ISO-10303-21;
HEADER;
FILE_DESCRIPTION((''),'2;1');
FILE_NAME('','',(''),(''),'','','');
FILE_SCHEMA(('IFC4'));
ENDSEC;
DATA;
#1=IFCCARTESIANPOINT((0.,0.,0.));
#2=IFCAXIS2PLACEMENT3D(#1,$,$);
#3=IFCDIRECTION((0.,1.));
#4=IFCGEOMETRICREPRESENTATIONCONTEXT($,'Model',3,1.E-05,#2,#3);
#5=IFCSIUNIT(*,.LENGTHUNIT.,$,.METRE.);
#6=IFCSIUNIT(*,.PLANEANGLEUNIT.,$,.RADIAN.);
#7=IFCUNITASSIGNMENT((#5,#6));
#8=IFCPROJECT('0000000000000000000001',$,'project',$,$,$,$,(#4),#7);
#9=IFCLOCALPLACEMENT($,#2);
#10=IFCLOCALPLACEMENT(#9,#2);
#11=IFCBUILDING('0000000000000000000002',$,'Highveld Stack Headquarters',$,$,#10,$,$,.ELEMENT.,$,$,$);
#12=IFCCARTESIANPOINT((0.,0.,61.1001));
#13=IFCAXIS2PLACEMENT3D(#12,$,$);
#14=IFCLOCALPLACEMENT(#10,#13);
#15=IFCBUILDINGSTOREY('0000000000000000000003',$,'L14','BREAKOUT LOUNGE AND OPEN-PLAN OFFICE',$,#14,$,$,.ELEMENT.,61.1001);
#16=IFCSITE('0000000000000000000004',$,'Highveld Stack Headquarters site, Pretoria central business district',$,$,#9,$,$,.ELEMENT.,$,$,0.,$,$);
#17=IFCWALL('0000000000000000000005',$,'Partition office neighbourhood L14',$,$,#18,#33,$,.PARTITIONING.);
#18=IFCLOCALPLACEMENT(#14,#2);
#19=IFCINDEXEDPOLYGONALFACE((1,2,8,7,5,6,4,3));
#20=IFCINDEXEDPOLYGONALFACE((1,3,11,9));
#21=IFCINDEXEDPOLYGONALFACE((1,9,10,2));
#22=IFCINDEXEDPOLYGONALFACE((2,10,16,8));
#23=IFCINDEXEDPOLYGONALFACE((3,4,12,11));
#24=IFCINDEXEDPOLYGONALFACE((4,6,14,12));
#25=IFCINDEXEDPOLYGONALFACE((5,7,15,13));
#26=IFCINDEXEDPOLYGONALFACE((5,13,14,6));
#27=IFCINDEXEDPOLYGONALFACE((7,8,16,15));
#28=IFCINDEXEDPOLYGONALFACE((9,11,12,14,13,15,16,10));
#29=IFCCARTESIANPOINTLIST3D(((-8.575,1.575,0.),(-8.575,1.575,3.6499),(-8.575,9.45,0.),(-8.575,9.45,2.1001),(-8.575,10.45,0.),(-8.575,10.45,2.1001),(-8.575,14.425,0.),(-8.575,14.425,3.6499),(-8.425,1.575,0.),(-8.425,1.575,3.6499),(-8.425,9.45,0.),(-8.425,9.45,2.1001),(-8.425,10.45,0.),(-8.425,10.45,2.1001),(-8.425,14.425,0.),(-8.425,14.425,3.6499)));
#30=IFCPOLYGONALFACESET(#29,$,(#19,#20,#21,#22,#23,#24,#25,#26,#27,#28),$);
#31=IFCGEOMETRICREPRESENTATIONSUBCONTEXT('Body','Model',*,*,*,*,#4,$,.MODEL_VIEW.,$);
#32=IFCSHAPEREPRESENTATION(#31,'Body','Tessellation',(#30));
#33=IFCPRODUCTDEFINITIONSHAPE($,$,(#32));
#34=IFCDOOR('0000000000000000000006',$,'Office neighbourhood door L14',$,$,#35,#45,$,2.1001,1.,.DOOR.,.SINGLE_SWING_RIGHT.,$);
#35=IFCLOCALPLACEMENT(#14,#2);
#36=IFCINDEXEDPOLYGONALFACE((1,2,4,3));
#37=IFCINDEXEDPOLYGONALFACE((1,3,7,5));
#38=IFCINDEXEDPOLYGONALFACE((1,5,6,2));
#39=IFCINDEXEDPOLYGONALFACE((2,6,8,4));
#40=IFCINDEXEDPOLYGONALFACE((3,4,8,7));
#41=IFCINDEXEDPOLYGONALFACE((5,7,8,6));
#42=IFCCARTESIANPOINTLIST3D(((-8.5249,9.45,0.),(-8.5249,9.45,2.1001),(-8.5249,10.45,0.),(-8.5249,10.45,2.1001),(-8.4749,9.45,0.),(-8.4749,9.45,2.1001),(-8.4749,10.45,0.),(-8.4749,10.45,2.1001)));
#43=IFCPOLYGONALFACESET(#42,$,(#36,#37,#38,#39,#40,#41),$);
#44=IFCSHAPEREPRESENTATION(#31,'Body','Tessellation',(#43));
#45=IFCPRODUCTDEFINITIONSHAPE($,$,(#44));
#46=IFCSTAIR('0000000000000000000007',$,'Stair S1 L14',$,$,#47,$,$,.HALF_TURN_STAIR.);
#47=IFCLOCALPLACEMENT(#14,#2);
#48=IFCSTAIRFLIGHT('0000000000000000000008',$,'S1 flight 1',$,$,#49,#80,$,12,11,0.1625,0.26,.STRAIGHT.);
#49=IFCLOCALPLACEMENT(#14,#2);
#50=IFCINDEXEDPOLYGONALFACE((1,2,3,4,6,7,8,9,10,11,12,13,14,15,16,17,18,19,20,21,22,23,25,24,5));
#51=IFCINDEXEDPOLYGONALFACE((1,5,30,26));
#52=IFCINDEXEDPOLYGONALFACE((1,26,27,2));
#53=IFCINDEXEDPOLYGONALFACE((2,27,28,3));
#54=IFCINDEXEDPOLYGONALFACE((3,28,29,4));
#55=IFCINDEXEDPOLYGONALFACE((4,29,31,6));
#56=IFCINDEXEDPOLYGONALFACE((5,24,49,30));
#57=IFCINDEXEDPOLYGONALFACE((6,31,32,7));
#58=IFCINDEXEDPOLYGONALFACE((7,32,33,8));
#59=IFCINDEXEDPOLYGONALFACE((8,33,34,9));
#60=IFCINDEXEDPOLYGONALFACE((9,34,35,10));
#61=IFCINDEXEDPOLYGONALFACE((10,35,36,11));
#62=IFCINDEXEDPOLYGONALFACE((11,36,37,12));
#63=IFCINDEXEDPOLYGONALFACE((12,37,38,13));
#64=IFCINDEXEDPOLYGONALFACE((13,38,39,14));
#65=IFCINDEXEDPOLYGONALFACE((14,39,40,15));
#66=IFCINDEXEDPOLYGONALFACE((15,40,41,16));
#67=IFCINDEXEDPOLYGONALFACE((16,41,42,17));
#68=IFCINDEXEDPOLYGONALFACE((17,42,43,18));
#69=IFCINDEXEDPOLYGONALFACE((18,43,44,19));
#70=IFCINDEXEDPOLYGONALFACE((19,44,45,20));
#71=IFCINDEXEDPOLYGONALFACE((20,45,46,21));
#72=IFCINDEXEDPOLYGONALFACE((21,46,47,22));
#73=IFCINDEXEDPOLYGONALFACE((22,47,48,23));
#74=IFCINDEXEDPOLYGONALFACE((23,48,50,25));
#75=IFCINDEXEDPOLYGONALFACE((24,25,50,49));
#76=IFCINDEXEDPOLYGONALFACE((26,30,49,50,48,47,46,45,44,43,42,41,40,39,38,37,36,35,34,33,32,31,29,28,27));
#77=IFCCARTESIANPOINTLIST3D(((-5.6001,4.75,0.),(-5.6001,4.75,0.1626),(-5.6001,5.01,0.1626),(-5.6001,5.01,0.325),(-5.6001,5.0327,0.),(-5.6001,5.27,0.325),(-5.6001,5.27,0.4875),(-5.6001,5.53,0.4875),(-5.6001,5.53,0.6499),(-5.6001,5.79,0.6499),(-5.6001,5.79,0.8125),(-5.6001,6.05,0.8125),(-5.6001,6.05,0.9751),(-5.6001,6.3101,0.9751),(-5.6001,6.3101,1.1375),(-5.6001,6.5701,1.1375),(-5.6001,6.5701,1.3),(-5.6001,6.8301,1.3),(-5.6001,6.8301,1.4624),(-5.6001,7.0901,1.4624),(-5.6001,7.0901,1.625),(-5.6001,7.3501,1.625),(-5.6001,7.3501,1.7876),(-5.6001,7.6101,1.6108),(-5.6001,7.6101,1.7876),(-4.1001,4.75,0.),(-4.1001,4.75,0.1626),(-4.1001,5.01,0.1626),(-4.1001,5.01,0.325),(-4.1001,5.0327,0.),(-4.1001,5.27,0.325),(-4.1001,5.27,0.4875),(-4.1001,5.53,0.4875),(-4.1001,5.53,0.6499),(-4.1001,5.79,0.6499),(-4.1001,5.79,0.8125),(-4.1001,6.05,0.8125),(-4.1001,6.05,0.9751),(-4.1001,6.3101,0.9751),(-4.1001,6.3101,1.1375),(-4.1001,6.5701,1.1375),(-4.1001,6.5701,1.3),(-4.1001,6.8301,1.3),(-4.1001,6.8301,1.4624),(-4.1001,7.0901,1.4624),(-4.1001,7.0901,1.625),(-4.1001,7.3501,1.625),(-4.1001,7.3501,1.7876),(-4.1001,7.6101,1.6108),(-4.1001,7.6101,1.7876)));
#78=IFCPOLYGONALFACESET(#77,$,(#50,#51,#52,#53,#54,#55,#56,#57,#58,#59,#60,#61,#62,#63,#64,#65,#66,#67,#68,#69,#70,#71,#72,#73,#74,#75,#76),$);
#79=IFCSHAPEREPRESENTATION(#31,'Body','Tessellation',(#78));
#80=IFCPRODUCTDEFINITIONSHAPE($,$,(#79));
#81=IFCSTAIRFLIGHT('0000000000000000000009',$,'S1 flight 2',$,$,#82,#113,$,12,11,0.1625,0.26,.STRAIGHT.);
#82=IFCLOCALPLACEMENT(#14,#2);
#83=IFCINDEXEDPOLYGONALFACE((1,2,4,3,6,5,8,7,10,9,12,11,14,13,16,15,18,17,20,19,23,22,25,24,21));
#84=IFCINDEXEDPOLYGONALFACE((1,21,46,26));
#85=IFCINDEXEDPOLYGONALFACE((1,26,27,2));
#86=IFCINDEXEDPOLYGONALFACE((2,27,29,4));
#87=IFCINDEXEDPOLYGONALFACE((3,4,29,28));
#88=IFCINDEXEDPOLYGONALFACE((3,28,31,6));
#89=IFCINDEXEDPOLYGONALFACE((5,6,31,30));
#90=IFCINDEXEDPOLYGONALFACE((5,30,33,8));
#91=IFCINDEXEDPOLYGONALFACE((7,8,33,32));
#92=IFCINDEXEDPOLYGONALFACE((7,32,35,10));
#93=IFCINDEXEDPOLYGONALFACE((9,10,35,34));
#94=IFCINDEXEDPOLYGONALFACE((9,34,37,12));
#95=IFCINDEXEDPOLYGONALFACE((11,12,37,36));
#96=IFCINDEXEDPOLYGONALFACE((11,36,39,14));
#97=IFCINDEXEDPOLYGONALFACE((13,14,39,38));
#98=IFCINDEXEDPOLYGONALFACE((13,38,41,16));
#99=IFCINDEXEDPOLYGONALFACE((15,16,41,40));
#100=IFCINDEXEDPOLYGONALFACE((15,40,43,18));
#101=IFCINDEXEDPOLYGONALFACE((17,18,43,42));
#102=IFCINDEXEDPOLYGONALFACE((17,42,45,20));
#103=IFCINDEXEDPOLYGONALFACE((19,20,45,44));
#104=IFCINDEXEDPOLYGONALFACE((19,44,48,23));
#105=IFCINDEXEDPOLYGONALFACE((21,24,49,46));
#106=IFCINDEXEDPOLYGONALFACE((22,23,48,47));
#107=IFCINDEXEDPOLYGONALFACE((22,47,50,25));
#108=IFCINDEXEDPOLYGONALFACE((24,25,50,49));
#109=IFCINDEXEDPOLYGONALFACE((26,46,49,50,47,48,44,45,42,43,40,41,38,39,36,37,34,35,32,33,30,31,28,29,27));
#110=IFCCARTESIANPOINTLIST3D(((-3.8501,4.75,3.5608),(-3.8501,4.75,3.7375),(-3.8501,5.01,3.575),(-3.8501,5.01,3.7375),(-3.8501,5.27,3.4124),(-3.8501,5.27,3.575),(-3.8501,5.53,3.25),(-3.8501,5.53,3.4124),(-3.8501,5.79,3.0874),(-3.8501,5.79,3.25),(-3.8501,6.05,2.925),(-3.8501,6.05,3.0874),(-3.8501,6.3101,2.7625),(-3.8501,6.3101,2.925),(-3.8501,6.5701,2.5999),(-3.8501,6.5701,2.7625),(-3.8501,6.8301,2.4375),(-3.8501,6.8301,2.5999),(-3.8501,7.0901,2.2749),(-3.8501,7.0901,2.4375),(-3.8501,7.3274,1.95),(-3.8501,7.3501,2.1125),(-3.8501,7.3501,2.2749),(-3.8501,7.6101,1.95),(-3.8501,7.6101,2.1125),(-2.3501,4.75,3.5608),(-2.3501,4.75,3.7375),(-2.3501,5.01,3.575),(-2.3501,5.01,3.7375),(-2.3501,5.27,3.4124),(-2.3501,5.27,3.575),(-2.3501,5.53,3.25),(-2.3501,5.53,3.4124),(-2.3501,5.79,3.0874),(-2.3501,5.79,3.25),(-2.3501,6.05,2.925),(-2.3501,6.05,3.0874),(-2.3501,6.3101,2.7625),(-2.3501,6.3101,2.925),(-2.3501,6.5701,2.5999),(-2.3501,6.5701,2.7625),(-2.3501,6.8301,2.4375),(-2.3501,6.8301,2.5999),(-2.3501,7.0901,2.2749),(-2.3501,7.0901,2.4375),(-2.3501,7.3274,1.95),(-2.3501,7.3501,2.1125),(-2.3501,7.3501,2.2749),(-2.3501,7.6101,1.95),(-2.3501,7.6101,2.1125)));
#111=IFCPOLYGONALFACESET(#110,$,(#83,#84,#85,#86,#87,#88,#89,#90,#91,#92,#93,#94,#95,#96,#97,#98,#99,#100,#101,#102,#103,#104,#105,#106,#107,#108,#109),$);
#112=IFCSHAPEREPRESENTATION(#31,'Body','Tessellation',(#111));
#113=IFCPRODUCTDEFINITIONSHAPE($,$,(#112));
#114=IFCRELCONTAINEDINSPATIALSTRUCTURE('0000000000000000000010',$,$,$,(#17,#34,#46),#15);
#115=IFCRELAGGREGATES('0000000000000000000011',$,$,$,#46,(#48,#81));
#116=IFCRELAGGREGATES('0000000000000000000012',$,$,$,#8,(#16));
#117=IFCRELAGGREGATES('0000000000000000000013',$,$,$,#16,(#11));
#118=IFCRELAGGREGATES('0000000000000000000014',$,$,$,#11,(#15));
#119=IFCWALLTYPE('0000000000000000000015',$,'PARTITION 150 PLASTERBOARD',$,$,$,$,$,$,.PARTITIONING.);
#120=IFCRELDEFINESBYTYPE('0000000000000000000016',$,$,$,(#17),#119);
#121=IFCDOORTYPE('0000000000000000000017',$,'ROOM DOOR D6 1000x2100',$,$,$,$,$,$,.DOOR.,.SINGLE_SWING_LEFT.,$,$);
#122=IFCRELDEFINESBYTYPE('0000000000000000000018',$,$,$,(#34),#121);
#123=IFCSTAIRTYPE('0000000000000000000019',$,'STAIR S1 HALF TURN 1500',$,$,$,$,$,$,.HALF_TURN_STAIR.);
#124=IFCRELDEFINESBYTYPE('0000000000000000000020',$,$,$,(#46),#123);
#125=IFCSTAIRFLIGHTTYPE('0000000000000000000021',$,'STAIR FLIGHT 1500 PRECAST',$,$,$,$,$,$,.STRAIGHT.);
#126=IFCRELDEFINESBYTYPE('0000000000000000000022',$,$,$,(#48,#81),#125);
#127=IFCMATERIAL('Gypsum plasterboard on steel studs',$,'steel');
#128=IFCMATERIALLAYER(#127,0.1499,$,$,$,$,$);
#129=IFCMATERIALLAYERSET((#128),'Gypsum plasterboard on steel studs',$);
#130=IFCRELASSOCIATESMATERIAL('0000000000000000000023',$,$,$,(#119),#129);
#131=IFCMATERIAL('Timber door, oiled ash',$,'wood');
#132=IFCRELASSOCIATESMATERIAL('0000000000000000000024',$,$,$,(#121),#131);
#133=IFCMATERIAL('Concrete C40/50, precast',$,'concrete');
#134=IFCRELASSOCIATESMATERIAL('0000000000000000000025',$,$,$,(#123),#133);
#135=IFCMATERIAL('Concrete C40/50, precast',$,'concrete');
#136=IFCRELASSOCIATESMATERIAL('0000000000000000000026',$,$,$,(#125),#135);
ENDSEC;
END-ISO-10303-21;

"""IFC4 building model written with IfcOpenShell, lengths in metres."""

from ifc_helpers import new_model, si_unit, direction, frame, frame_2d, origin, place, context, subcontext, project, spatial, polyline, rectangle, outline, extrude, material, layer, layer_set, type_object, element, fill, aggregate, save


model = new_model("IFC4")

# Units and contexts
model_context = context("Model", 3, precision=1e-05, world=origin(), true_north=direction((0.0, 1.0)))
body_context = subcontext(model_context, "Body", "Model", "MODEL_VIEW")
ifc_project = project(units=[si_unit("LENGTHUNIT", "METRE"), si_unit("PLANEANGLEUNIT", "RADIAN")], contexts=[model_context])

# Site, building, storey
site_placement = place(None, origin())
site = spatial("IfcSite", under=ifc_project, at=site_placement, Name="Highveld Stack Headquarters site, Pretoria central business district", CompositionType="ELEMENT", RefElevation=0.0)
building_placement = place(site_placement, origin())
building = spatial("IfcBuilding", under=site, at=building_placement, Name="Highveld Stack Headquarters", CompositionType="ELEMENT")
storey_placement = place(building_placement, frame((0.0, 0.0, 61.1001)))
storey = spatial("IfcBuildingStorey", under=building, at=storey_placement, Name="L14", Description="BREAKOUT LOUNGE AND OPEN-PLAN OFFICE", CompositionType="ELEMENT", Elevation=61.1001)

# Wall, opening, door
ifc_material_1 = material(Name="Gypsum plasterboard on steel studs", Category="steel")
ifc_layer_1 = layer(ifc_material_1, 0.1499)
ifc_layer_set_1 = layer_set([ifc_layer_1], Name="Gypsum plasterboard on steel studs")
wall_type_1 = type_object("IfcWallType", Name="PARTITION 150 PLASTERBOARD", PredefinedType="PARTITIONING", material=ifc_layer_set_1)
wall_1_placement = place(storey_placement, frame((-8.5, 1.575, 0.0), z_axis=(0.0, 0.0, 1.0), x_axis=(0.0, 1.0, 0.0)))
wall_1 = element("IfcWall", 1, at=wall_1_placement, inside=storey, type_object=wall_type_1, Name="Partition office neighbourhood L14", PredefinedType="PARTITIONING", context=body_context, shape_type="SweptSolid", body=[
    extrude(rectangle(XDim=12.8501, YDim=0.1499, at=frame_2d((6.425, 0.0))), origin(), (0.0, 0.0, 1.0), 3.6499),
])
opening_1_placement = place(wall_1_placement, frame((7.875, 0.0, 0.0)))
opening_1 = element("IfcOpeningElement", 2, at=opening_1_placement, cuts=wall_1, PredefinedType="OPENING", context=body_context, shape_type="SweptSolid", body=[
    extrude(rectangle(XDim=1.0, YDim=2.1001, at=frame_2d((0.5, 1.05))), frame((0.0, 0.085, 0.0), z_axis=(0.0, -1.0, 0.0), x_axis=(1.0, 0.0, 0.0)), (0.0, 0.0, 1.0), 0.1699),
])
ifc_material_2 = material(Name="Timber door, oiled ash", Category="wood")
door_type_1 = type_object("IfcDoorType", Name="ROOM DOOR D6 1000x2100", OperationType="SINGLE_SWING_LEFT", PredefinedType="DOOR", material=ifc_material_2)
door_1_placement = place(opening_1_placement, origin())
door_1 = element("IfcDoor", 3, at=door_1_placement, inside=storey, type_object=door_type_1, Name="Office neighbourhood door L14", OperationType="SINGLE_SWING_RIGHT", OverallHeight=2.1001, OverallWidth=1.0, PredefinedType="DOOR", context=body_context, shape_type="SweptSolid", body=[
    extrude(rectangle(XDim=1.0, YDim=2.1001, at=frame_2d((0.5, 1.05))), frame((0.0, 0.0249, 0.0), z_axis=(0.0, -1.0, 0.0), x_axis=(1.0, 0.0, 0.0)), (0.0, 0.0, 1.0), 0.05),
])
fill(opening_1, door_1)

# Stair, stair flights
ifc_material_3 = material(Name="Concrete C40/50, precast", Category="concrete")
stair_type_1 = type_object("IfcStairType", Name="STAIR S1 HALF TURN 1500", PredefinedType="HALF_TURN_STAIR", material=ifc_material_3)
stair_1_placement = place(storey_placement, origin())
stair_1 = element("IfcStair", 4, at=stair_1_placement, inside=storey, type_object=stair_type_1, Name="Stair S1 L14", PredefinedType="HALF_TURN_STAIR")
ifc_material_4 = material(Name="Concrete C40/50, precast", Category="concrete")
stair_flight_type = type_object("IfcStairFlightType", Name="STAIR FLIGHT 1500 PRECAST", PredefinedType="STRAIGHT", material=ifc_material_4)
stair_flight_1_placement = place(storey_placement, frame((-4.8501, 4.75, 0.0), z_axis=(0.0, 0.0, 1.0), x_axis=(0.0, 1.0, 0.0)))
stair_flight_1 = element("IfcStairFlight", 5, at=stair_flight_1_placement, type_object=stair_flight_type, Name="S1 flight 1", NumberOfRisers=12, NumberOfTreads=11, PredefinedType="STRAIGHT", RiserHeight=0.1625, TreadLength=0.26, context=body_context, shape_type="SweptSolid", body=[
    extrude(outline(polyline([(0.0, 0.0), (0.0, 0.1626), (0.26, 0.1626), (0.26, 0.325), (0.52, 0.325), (0.52, 0.4875), (0.78, 0.4875), (0.78, 0.6499), (1.04, 0.6499), (1.04, 0.8125), (1.3, 0.8125), (1.3, 0.9751), (1.5601, 0.9751), (1.5601, 1.1375), (1.8201, 1.1375), (1.8201, 1.3), (2.0801, 1.3), (2.0801, 1.4624), (2.3401, 1.4624), (2.3401, 1.625), (2.6001, 1.625), (2.6001, 1.7876), (2.8601, 1.7876), (2.8601, 1.95), (2.8601, 1.6108), (0.2827, 0.0), (0.0, 0.0)])), frame((0.0, 0.75, 0.0), z_axis=(0.0, -1.0, 0.0), x_axis=(1.0, 0.0, 0.0)), (0.0, 0.0, 1.0), 1.5),
])
stair_flight_2_placement = place(storey_placement, frame((-3.1001, 7.6101, 1.95), z_axis=(0.0, 0.0, 1.0), x_axis=(0.0, -1.0, 0.0)))
stair_flight_2 = element("IfcStairFlight", 6, at=stair_flight_2_placement, type_object=stair_flight_type, Name="S1 flight 2", NumberOfRisers=12, NumberOfTreads=11, PredefinedType="STRAIGHT", RiserHeight=0.1625, TreadLength=0.26, context=body_context, shape_type="SweptSolid", body=[
    extrude(outline(polyline([(0.0, 0.0), (0.0, 0.1626), (0.26, 0.1626), (0.26, 0.325), (0.52, 0.325), (0.52, 0.4875), (0.78, 0.4875), (0.78, 0.6499), (1.04, 0.6499), (1.04, 0.8125), (1.3, 0.8125), (1.3, 0.9751), (1.5601, 0.9751), (1.5601, 1.1375), (1.8201, 1.1375), (1.8201, 1.3), (2.0801, 1.3), (2.0801, 1.4624), (2.3401, 1.4624), (2.3401, 1.625), (2.6001, 1.625), (2.6001, 1.7876), (2.8601, 1.7876), (2.8601, 1.95), (2.8601, 1.6108), (0.2827, 0.0), (0.0, 0.0)])), frame((0.0, 0.75, 0.0), z_axis=(0.0, -1.0, 0.0), x_axis=(1.0, 0.0, 0.0)), (0.0, 0.0, 1.0), 1.5),
])
aggregate(stair_1, [stair_flight_1, stair_flight_2])

save(model, "model.ifc")
